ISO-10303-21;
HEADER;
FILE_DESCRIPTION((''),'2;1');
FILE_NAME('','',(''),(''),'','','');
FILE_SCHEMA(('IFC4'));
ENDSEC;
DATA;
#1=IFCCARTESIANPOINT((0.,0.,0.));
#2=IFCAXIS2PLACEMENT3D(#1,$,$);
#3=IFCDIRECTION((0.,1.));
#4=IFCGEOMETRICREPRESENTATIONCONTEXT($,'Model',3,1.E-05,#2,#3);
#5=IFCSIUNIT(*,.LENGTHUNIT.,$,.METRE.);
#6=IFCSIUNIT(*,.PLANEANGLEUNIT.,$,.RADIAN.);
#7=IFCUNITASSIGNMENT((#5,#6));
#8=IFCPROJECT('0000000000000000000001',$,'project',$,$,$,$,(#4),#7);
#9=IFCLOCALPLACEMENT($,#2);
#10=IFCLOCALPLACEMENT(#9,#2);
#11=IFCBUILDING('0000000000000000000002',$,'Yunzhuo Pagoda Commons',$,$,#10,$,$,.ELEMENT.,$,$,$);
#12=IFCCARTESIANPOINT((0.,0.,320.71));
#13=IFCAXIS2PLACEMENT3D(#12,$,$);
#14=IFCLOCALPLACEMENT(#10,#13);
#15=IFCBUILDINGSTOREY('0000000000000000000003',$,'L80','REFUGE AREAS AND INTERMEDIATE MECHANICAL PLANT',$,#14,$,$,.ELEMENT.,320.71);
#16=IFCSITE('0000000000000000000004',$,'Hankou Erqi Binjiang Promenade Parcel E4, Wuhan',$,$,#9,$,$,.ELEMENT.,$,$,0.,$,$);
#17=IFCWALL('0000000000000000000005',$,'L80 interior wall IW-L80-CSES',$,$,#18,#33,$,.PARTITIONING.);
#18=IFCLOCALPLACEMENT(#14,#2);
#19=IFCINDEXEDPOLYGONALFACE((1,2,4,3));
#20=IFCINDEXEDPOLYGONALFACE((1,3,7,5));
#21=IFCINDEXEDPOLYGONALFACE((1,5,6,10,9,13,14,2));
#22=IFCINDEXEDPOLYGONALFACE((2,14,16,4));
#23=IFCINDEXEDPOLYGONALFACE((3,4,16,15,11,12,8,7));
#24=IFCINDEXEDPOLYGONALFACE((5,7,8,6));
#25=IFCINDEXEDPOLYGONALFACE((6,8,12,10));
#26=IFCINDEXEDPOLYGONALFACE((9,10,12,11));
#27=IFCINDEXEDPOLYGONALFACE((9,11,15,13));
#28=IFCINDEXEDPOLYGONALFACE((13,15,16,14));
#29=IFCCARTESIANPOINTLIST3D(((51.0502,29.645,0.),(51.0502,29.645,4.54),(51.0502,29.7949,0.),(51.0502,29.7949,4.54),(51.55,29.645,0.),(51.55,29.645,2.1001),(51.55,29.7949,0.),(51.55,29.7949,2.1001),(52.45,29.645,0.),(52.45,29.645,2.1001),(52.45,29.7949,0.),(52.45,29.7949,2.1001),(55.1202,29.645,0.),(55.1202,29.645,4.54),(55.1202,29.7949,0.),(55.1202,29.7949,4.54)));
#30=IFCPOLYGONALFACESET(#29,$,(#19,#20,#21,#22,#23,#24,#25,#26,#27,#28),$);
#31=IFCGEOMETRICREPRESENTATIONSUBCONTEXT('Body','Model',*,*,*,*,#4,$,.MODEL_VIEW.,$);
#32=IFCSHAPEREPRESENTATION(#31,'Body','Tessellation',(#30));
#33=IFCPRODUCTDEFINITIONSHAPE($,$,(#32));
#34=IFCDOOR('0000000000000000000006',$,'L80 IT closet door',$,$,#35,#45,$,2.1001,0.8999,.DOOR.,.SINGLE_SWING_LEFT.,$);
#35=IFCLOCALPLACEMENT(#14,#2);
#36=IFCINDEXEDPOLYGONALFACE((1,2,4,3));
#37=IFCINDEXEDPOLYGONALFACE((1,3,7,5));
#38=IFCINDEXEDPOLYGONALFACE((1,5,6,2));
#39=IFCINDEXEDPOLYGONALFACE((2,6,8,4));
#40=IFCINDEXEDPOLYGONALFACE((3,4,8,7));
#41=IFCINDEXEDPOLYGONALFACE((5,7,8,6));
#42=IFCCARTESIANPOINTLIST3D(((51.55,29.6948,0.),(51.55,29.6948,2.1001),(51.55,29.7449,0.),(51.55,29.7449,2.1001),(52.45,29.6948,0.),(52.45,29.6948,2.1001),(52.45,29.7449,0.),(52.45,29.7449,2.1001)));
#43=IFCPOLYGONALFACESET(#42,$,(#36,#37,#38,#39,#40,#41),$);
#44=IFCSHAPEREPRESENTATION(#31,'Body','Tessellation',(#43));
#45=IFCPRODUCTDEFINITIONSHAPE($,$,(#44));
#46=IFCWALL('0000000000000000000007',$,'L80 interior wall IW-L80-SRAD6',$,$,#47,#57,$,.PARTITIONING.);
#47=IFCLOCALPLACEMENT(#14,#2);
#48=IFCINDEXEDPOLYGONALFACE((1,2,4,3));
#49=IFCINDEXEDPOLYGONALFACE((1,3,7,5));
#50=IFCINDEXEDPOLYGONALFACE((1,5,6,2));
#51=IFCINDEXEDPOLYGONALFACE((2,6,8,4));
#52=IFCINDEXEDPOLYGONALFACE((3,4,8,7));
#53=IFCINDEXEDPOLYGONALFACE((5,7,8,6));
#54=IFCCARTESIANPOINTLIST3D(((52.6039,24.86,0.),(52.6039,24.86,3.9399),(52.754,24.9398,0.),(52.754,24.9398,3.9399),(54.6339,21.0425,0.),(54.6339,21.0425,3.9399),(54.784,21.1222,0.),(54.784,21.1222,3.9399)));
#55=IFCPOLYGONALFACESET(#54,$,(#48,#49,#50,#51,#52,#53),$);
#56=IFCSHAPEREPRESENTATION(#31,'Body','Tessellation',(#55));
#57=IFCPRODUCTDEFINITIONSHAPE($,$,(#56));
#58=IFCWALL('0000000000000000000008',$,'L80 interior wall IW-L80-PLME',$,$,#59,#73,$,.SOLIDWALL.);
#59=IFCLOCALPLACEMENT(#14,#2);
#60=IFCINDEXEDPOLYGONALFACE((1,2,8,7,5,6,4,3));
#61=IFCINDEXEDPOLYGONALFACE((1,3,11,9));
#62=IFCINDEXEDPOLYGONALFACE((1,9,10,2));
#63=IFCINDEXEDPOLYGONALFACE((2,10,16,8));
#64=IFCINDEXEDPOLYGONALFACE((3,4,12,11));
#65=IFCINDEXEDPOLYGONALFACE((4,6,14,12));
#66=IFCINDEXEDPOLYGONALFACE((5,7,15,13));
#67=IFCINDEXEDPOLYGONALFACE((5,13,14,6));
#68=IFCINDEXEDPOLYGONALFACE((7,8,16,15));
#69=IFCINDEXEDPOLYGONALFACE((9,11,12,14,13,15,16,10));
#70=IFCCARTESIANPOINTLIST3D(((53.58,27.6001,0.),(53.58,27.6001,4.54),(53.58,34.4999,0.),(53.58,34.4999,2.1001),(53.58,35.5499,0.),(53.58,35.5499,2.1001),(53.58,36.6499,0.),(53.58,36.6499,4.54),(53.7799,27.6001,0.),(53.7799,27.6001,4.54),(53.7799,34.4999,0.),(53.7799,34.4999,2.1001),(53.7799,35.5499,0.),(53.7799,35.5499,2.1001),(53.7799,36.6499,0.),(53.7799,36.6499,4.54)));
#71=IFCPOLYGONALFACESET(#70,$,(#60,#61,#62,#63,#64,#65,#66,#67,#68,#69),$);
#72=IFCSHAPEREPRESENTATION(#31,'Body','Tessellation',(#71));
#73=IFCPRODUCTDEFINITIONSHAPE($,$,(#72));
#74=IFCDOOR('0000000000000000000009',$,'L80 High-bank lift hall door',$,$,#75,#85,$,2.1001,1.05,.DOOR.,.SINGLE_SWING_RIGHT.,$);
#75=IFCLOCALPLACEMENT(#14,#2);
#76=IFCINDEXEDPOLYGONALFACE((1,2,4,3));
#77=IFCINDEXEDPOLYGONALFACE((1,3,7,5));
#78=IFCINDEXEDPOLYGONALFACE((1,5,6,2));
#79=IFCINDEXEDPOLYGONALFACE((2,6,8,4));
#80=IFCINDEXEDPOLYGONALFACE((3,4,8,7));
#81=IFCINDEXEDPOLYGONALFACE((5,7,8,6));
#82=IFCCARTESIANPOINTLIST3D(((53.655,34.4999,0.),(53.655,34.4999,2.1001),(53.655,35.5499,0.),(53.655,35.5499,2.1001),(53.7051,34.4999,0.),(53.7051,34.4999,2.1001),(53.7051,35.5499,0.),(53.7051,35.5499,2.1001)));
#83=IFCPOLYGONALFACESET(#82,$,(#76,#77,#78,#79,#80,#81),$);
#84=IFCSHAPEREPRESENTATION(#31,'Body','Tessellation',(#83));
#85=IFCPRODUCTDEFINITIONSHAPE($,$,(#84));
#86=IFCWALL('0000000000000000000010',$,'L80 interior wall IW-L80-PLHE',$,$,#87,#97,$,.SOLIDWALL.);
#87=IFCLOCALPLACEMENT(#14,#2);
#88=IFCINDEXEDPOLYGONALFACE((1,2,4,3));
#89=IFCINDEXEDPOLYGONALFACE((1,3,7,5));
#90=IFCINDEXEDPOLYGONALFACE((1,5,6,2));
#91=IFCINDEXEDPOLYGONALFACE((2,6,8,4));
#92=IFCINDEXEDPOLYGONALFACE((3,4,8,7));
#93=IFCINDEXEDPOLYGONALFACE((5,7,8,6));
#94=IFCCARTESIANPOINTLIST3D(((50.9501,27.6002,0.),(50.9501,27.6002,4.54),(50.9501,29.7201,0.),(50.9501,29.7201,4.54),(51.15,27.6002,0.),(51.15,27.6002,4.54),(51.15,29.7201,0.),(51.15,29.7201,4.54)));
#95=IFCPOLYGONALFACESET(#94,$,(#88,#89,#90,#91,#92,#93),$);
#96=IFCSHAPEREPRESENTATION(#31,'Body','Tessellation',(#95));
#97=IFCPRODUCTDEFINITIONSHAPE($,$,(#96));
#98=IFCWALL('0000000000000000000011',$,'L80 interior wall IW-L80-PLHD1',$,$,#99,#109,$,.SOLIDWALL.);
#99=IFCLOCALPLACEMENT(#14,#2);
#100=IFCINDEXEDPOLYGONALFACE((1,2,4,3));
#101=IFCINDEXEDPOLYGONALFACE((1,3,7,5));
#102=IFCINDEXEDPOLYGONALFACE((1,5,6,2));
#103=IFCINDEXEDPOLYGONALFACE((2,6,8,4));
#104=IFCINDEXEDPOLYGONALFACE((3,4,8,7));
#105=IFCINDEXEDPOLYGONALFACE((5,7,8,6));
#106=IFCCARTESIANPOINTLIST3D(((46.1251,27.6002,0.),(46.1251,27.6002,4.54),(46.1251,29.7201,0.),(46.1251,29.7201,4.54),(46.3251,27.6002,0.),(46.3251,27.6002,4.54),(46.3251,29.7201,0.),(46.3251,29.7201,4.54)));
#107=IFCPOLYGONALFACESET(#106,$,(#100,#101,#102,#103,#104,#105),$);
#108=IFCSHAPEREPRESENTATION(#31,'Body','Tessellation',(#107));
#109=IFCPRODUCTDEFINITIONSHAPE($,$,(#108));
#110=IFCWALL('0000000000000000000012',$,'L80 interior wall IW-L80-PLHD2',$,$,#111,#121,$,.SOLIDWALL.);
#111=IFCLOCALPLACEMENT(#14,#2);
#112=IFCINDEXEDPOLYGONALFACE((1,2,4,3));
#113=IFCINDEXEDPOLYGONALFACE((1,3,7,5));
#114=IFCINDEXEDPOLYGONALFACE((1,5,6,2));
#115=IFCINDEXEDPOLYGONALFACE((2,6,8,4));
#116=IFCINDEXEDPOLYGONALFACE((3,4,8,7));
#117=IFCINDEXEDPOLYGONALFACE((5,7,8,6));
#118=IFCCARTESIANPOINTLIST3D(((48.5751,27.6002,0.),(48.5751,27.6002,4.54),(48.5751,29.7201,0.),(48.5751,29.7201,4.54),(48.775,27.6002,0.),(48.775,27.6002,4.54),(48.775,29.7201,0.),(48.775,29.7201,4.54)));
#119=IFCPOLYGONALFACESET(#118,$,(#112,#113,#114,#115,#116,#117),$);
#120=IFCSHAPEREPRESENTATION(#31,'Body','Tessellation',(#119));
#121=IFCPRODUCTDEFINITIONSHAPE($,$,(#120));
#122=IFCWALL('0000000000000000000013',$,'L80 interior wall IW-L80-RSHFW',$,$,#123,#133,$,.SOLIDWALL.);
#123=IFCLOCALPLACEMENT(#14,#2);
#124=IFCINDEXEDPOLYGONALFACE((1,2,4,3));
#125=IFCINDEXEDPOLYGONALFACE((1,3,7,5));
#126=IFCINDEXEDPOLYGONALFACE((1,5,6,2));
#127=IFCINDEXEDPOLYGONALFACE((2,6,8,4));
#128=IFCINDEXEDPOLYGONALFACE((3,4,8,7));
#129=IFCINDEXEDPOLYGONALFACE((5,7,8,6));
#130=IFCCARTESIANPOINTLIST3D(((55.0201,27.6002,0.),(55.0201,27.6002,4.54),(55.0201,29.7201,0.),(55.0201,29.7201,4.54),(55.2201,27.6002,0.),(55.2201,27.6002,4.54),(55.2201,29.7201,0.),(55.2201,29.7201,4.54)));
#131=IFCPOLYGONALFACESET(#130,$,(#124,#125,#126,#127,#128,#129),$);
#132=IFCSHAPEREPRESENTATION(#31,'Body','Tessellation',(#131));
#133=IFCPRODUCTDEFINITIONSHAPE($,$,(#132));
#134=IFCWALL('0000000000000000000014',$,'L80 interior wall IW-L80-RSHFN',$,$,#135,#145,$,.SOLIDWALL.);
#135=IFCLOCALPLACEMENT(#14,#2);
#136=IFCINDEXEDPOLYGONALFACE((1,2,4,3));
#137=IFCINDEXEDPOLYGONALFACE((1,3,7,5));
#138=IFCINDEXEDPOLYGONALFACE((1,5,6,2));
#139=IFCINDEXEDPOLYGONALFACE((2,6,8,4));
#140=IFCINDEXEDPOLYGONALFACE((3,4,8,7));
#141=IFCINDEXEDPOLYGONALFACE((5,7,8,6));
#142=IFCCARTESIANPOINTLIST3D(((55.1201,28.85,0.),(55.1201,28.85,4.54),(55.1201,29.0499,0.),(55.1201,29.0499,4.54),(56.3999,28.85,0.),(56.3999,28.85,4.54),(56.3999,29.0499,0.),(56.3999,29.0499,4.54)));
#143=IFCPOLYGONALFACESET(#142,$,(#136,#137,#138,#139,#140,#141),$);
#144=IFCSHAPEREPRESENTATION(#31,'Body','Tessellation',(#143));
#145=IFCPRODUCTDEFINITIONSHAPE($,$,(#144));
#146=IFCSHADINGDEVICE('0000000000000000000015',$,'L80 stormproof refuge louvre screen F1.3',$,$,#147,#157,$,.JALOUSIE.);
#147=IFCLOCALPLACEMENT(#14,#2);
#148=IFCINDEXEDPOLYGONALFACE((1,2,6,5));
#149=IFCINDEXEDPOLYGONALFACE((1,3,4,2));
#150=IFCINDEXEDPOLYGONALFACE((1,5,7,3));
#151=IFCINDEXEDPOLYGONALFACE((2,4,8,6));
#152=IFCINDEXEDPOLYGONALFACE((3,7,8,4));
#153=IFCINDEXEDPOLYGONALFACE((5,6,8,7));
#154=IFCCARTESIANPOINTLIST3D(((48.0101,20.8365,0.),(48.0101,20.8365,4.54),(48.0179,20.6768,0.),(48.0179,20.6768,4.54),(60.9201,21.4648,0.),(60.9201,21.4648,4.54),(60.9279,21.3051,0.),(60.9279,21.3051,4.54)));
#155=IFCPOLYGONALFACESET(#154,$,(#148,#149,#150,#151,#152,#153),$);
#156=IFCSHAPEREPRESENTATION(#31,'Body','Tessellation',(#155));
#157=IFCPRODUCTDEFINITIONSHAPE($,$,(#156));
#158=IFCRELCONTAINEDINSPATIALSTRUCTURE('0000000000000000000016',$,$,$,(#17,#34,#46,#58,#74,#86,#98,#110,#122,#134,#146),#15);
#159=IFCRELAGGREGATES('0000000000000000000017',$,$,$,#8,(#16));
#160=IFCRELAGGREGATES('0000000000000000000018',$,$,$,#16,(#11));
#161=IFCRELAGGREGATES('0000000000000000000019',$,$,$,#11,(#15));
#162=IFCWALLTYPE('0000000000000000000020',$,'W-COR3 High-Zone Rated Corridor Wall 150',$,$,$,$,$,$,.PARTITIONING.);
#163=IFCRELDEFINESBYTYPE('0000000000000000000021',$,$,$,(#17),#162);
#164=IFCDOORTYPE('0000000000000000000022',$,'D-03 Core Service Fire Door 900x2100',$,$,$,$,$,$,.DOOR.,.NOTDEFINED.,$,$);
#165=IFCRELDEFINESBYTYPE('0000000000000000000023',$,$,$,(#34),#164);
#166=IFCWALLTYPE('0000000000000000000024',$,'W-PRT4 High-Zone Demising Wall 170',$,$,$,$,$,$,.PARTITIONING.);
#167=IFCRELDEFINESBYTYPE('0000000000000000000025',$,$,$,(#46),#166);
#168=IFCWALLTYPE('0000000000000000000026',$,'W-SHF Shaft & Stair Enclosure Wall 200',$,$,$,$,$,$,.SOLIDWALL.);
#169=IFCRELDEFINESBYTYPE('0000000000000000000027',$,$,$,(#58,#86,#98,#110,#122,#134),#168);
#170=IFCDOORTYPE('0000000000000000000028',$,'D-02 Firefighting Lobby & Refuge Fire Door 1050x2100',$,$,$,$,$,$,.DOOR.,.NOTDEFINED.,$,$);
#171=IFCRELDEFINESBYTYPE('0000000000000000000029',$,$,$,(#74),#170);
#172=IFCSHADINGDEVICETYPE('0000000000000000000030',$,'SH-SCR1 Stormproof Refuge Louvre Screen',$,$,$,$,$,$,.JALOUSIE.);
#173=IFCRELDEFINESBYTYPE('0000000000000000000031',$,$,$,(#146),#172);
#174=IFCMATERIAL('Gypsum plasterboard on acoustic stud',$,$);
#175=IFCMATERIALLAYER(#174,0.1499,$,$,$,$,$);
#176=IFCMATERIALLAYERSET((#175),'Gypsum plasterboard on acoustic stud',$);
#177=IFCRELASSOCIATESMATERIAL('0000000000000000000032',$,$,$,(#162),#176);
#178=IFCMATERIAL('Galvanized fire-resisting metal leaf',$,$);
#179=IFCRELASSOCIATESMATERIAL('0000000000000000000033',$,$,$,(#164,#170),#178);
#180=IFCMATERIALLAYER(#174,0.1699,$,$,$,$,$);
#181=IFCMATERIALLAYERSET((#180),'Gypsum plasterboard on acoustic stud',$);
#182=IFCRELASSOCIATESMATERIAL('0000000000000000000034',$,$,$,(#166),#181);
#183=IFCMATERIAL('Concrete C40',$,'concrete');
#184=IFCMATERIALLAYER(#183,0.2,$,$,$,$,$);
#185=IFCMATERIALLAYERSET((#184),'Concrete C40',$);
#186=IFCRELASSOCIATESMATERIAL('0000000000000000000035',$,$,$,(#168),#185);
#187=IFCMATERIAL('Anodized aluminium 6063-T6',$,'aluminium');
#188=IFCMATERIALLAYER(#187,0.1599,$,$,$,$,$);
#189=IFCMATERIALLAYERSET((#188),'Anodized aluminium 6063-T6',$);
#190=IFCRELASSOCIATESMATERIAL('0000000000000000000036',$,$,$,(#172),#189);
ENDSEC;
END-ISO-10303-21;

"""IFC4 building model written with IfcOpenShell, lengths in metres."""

from ifc_helpers import new_model, si_unit, direction, frame, frame_2d, origin, origin_with_axes, origin_2d, place, context, subcontext, project, spatial, rectangle, extrude, source, transform, mapped, material, layer, layer_set, type_object, element, fill, save


model = new_model("IFC4")

# Units and contexts
model_context = context("Model", 3, precision=1e-05, world=origin(), true_north=direction((0.0, 1.0)))
body_context = subcontext(model_context, "Body", "Model", "MODEL_VIEW")
ifc_project = project(units=[si_unit("LENGTHUNIT", "METRE"), si_unit("PLANEANGLEUNIT", "RADIAN")], contexts=[model_context])

# Site, building, storey
site_placement = place(None, origin())
site = spatial("IfcSite", under=ifc_project, at=site_placement, Name="Hankou Erqi Binjiang Promenade Parcel E4, Wuhan", CompositionType="ELEMENT", RefElevation=0.0)
building_placement = place(site_placement, origin())
building = spatial("IfcBuilding", under=site, at=building_placement, Name="Yunzhuo Pagoda Commons", CompositionType="ELEMENT")
storey_placement = place(building_placement, frame((0.0, 0.0, 320.71)))
storey = spatial("IfcBuildingStorey", under=building, at=storey_placement, Name="L80", Description="REFUGE AREAS AND INTERMEDIATE MECHANICAL PLANT", CompositionType="ELEMENT", Elevation=320.71)

# Wall, opening, door
ifc_material_1 = material(Name="Gypsum plasterboard on acoustic stud")
ifc_layer_1 = layer(ifc_material_1, 0.1499)
ifc_layer_set_1 = layer_set([ifc_layer_1], Name="Gypsum plasterboard on acoustic stud")
wall_type_1 = type_object("IfcWallType", Name="W-COR3 High-Zone Rated Corridor Wall 150", PredefinedType="PARTITIONING", material=ifc_layer_set_1)
wall_1_placement = place(storey_placement, frame((51.05, 29.72, 0.0), z_axis=(0.0, 0.0, 1.0), x_axis=(1.0, 0.0, 0.0)))
wall_1 = element("IfcWall", 1, at=wall_1_placement, inside=storey, type_object=wall_type_1, Name="L80 interior wall IW-L80-CSES", PredefinedType="PARTITIONING", context=body_context, shape_type="SweptSolid", body=[
    extrude(rectangle(XDim=4.0701, YDim=0.1499, at=frame_2d((2.0352, 0.0))), origin(), (0.0, 0.0, 1.0), 4.54),
])
opening_1_placement = place(wall_1_placement, frame((0.5, 0.0, 0.0)))
opening_1 = element("IfcOpeningElement", 2, at=opening_1_placement, cuts=wall_1, PredefinedType="OPENING", context=body_context, shape_type="SweptSolid", body=[
    extrude(rectangle(XDim=0.8999, YDim=2.1001, at=frame_2d((0.45, 1.05))), frame((0.0, 0.085, 0.0), z_axis=(0.0, -1.0, 0.0), x_axis=(1.0, 0.0, 0.0)), (0.0, 0.0, 1.0), 0.1699),
])
ifc_material_2 = material(Name="Galvanized fire-resisting metal leaf")
door_type_1 = type_object("IfcDoorType", Name="D-03 Core Service Fire Door 900x2100", OperationType="NOTDEFINED", PredefinedType="DOOR", material=ifc_material_2)
shared_shape_1 = source(origin(), body_context, "Body", "SweptSolid", [
    extrude(rectangle(XDim=0.8999, YDim=2.1001, at=frame_2d((0.45, 1.05))), frame((0.0, 0.0249, 0.0), z_axis=(0.0, -1.0, 0.0), x_axis=(1.0, 0.0, 0.0)), (0.0, 0.0, 1.0), 0.05),
])
door_1_placement = place(opening_1_placement, origin_with_axes())
door_1 = element("IfcDoor", 3, at=door_1_placement, inside=storey, type_object=door_type_1, Name="L80 IT closet door", OperationType="SINGLE_SWING_LEFT", OverallHeight=2.1001, OverallWidth=0.8999, PredefinedType="DOOR", context=body_context, shape_type="MappedRepresentation", body=[
    mapped(shared_shape_1, transform((0.0, 0.0, 0.0), scale=1.0)),
])
fill(opening_1, door_1)

# Wall
ifc_layer_2 = layer(ifc_material_1, 0.1699)
ifc_layer_set_2 = layer_set([ifc_layer_2], Name="Gypsum plasterboard on acoustic stud")
wall_type_2 = type_object("IfcWallType", Name="W-PRT4 High-Zone Demising Wall 170", PredefinedType="PARTITIONING", material=ifc_layer_set_2)
wall_2_placement = place(storey_placement, frame((52.679, 24.8999, 0.0), z_axis=(0.0, 0.0, 1.0), x_axis=(0.469501, -0.882932, 0.0)))
element("IfcWall", 4, at=wall_2_placement, inside=storey, type_object=wall_type_2, Name="L80 interior wall IW-L80-SRAD6", PredefinedType="PARTITIONING", context=body_context, shape_type="SweptSolid", body=[
    extrude(rectangle(XDim=4.3237, YDim=0.1699, at=frame_2d((2.1619, 0.0))), origin(), (0.0, 0.0, 1.0), 3.9399),
])

# Wall, opening, door
ifc_material_3 = material(Name="Concrete C40", Category="concrete")
ifc_layer_3 = layer(ifc_material_3, 0.2)
ifc_layer_set_3 = layer_set([ifc_layer_3], Name="Concrete C40")
wall_type_3 = type_object("IfcWallType", Name="W-SHF Shaft & Stair Enclosure Wall 200", PredefinedType="SOLIDWALL", material=ifc_layer_set_3)
wall_3_placement = place(storey_placement, frame((53.6799, 27.6001, 0.0), z_axis=(0.0, 0.0, 1.0), x_axis=(0.0, 1.0, 0.0)))
wall_3 = element("IfcWall", 5, at=wall_3_placement, inside=storey, type_object=wall_type_3, Name="L80 interior wall IW-L80-PLME", PredefinedType="SOLIDWALL", context=body_context, shape_type="SweptSolid", body=[
    extrude(rectangle(XDim=9.0498, YDim=0.2, at=frame_2d((4.5249, 0.0))), origin(), (0.0, 0.0, 1.0), 4.54),
])
opening_2_placement = place(wall_3_placement, frame((6.8999, 0.0, 0.0)))
opening_2 = element("IfcOpeningElement", 6, at=opening_2_placement, cuts=wall_3, PredefinedType="OPENING", context=body_context, shape_type="SweptSolid", body=[
    extrude(rectangle(XDim=1.05, YDim=2.1001, at=frame_2d((0.5249, 1.05))), frame((0.0, 0.1099, 0.0), z_axis=(0.0, -1.0, 0.0), x_axis=(1.0, 0.0, 0.0)), (0.0, 0.0, 1.0), 0.22),
])
door_type_2 = type_object("IfcDoorType", Name="D-02 Firefighting Lobby & Refuge Fire Door 1050x2100", OperationType="NOTDEFINED", PredefinedType="DOOR", material=ifc_material_2)
shared_shape_2 = source(origin(), body_context, "Body", "SweptSolid", [
    extrude(rectangle(XDim=1.05, YDim=2.1001, at=frame_2d((0.5249, 1.05))), frame((0.0, 0.0249, 0.0), z_axis=(0.0, -1.0, 0.0), x_axis=(1.0, 0.0, 0.0)), (0.0, 0.0, 1.0), 0.05),
])
door_2_placement = place(opening_2_placement, origin_with_axes())
door_2 = element("IfcDoor", 7, at=door_2_placement, inside=storey, type_object=door_type_2, Name="L80 High-bank lift hall door", OperationType="SINGLE_SWING_RIGHT", OverallHeight=2.1001, OverallWidth=1.05, PredefinedType="DOOR", context=body_context, shape_type="MappedRepresentation", body=[
    mapped(shared_shape_2, transform((0.0, 0.0, 0.0), scale=1.0)),
])
fill(opening_2, door_2)

# Walls
for number, where, z_axis, x_axis, name in (
    (8, (51.05, 27.6001, 0.0), (0.0, 0.0, 1.0), (0.0, 1.0, 0.0), "L80 interior wall IW-L80-PLHE"),
    (9, (46.2251, 27.6001, 0.0), (0.0, 0.0, 1.0), (0.0, 1.0, 0.0), "L80 interior wall IW-L80-PLHD1"),
    (10, (48.675, 27.6001, 0.0), (0.0, 0.0, 1.0), (0.0, 1.0, 0.0), "L80 interior wall IW-L80-PLHD2"),
    (11, (55.1201, 27.6001, 0.0), (0.0, 0.0, 1.0), (0.0, 1.0, 0.0), "L80 interior wall IW-L80-RSHFW"),
):
    element("IfcWall", number, at=place(storey_placement, frame(where, z_axis=z_axis, x_axis=x_axis)), inside=storey, type_object=wall_type_3, Name=name, PredefinedType="SOLIDWALL", context=body_context, shape_type="SweptSolid", body=[
        extrude(rectangle(XDim=2.1199, YDim=0.2, at=frame_2d((1.0601, 0.0))), origin(), (0.0, 0.0, 1.0), 4.54),
    ])
wall_4_placement = place(storey_placement, frame((55.1201, 28.95, 0.0), z_axis=(0.0, 0.0, 1.0), x_axis=(1.0, 0.0, 0.0)))
element("IfcWall", 12, at=wall_4_placement, inside=storey, type_object=wall_type_3, Name="L80 interior wall IW-L80-RSHFN", PredefinedType="SOLIDWALL", context=body_context, shape_type="SweptSolid", body=[
    extrude(rectangle(XDim=1.2798, YDim=0.2, at=frame_2d((0.6399, 0.0))), origin(), (0.0, 0.0, 1.0), 4.54),
])

# Shading device
ifc_material_4 = material(Name="Anodized aluminium 6063-T6", Category="aluminium")
ifc_layer_4 = layer(ifc_material_4, 0.1599)
ifc_layer_set_4 = layer_set([ifc_layer_4], Name="Anodized aluminium 6063-T6")
shading_device_type = type_object("IfcShadingDeviceType", Name="SH-SCR1 Stormproof Refuge Louvre Screen", PredefinedType="JALOUSIE", material=ifc_layer_set_4)
shared_shape_3 = source(origin(), body_context, "Body", "SweptSolid", [
    extrude(rectangle(XDim=12.9253, YDim=0.1599, at=origin_2d()), origin(), (0.0, 0.0, 1.0), 4.54),
])
shading_device_placement = place(storey_placement, frame((54.469, 21.0708, 0.0), z_axis=(0.0, 0.0, 1.0), x_axis=(0.998818, 0.048606, 0.0)))
element("IfcShadingDevice", 13, at=shading_device_placement, inside=storey, type_object=shading_device_type, Name="L80 stormproof refuge louvre screen F1.3", PredefinedType="JALOUSIE", context=body_context, shape_type="MappedRepresentation", body=[
    mapped(shared_shape_3, transform((0.0, 0.0, 0.0), scale=1.0)),
])

save(model, "model.ifc")
